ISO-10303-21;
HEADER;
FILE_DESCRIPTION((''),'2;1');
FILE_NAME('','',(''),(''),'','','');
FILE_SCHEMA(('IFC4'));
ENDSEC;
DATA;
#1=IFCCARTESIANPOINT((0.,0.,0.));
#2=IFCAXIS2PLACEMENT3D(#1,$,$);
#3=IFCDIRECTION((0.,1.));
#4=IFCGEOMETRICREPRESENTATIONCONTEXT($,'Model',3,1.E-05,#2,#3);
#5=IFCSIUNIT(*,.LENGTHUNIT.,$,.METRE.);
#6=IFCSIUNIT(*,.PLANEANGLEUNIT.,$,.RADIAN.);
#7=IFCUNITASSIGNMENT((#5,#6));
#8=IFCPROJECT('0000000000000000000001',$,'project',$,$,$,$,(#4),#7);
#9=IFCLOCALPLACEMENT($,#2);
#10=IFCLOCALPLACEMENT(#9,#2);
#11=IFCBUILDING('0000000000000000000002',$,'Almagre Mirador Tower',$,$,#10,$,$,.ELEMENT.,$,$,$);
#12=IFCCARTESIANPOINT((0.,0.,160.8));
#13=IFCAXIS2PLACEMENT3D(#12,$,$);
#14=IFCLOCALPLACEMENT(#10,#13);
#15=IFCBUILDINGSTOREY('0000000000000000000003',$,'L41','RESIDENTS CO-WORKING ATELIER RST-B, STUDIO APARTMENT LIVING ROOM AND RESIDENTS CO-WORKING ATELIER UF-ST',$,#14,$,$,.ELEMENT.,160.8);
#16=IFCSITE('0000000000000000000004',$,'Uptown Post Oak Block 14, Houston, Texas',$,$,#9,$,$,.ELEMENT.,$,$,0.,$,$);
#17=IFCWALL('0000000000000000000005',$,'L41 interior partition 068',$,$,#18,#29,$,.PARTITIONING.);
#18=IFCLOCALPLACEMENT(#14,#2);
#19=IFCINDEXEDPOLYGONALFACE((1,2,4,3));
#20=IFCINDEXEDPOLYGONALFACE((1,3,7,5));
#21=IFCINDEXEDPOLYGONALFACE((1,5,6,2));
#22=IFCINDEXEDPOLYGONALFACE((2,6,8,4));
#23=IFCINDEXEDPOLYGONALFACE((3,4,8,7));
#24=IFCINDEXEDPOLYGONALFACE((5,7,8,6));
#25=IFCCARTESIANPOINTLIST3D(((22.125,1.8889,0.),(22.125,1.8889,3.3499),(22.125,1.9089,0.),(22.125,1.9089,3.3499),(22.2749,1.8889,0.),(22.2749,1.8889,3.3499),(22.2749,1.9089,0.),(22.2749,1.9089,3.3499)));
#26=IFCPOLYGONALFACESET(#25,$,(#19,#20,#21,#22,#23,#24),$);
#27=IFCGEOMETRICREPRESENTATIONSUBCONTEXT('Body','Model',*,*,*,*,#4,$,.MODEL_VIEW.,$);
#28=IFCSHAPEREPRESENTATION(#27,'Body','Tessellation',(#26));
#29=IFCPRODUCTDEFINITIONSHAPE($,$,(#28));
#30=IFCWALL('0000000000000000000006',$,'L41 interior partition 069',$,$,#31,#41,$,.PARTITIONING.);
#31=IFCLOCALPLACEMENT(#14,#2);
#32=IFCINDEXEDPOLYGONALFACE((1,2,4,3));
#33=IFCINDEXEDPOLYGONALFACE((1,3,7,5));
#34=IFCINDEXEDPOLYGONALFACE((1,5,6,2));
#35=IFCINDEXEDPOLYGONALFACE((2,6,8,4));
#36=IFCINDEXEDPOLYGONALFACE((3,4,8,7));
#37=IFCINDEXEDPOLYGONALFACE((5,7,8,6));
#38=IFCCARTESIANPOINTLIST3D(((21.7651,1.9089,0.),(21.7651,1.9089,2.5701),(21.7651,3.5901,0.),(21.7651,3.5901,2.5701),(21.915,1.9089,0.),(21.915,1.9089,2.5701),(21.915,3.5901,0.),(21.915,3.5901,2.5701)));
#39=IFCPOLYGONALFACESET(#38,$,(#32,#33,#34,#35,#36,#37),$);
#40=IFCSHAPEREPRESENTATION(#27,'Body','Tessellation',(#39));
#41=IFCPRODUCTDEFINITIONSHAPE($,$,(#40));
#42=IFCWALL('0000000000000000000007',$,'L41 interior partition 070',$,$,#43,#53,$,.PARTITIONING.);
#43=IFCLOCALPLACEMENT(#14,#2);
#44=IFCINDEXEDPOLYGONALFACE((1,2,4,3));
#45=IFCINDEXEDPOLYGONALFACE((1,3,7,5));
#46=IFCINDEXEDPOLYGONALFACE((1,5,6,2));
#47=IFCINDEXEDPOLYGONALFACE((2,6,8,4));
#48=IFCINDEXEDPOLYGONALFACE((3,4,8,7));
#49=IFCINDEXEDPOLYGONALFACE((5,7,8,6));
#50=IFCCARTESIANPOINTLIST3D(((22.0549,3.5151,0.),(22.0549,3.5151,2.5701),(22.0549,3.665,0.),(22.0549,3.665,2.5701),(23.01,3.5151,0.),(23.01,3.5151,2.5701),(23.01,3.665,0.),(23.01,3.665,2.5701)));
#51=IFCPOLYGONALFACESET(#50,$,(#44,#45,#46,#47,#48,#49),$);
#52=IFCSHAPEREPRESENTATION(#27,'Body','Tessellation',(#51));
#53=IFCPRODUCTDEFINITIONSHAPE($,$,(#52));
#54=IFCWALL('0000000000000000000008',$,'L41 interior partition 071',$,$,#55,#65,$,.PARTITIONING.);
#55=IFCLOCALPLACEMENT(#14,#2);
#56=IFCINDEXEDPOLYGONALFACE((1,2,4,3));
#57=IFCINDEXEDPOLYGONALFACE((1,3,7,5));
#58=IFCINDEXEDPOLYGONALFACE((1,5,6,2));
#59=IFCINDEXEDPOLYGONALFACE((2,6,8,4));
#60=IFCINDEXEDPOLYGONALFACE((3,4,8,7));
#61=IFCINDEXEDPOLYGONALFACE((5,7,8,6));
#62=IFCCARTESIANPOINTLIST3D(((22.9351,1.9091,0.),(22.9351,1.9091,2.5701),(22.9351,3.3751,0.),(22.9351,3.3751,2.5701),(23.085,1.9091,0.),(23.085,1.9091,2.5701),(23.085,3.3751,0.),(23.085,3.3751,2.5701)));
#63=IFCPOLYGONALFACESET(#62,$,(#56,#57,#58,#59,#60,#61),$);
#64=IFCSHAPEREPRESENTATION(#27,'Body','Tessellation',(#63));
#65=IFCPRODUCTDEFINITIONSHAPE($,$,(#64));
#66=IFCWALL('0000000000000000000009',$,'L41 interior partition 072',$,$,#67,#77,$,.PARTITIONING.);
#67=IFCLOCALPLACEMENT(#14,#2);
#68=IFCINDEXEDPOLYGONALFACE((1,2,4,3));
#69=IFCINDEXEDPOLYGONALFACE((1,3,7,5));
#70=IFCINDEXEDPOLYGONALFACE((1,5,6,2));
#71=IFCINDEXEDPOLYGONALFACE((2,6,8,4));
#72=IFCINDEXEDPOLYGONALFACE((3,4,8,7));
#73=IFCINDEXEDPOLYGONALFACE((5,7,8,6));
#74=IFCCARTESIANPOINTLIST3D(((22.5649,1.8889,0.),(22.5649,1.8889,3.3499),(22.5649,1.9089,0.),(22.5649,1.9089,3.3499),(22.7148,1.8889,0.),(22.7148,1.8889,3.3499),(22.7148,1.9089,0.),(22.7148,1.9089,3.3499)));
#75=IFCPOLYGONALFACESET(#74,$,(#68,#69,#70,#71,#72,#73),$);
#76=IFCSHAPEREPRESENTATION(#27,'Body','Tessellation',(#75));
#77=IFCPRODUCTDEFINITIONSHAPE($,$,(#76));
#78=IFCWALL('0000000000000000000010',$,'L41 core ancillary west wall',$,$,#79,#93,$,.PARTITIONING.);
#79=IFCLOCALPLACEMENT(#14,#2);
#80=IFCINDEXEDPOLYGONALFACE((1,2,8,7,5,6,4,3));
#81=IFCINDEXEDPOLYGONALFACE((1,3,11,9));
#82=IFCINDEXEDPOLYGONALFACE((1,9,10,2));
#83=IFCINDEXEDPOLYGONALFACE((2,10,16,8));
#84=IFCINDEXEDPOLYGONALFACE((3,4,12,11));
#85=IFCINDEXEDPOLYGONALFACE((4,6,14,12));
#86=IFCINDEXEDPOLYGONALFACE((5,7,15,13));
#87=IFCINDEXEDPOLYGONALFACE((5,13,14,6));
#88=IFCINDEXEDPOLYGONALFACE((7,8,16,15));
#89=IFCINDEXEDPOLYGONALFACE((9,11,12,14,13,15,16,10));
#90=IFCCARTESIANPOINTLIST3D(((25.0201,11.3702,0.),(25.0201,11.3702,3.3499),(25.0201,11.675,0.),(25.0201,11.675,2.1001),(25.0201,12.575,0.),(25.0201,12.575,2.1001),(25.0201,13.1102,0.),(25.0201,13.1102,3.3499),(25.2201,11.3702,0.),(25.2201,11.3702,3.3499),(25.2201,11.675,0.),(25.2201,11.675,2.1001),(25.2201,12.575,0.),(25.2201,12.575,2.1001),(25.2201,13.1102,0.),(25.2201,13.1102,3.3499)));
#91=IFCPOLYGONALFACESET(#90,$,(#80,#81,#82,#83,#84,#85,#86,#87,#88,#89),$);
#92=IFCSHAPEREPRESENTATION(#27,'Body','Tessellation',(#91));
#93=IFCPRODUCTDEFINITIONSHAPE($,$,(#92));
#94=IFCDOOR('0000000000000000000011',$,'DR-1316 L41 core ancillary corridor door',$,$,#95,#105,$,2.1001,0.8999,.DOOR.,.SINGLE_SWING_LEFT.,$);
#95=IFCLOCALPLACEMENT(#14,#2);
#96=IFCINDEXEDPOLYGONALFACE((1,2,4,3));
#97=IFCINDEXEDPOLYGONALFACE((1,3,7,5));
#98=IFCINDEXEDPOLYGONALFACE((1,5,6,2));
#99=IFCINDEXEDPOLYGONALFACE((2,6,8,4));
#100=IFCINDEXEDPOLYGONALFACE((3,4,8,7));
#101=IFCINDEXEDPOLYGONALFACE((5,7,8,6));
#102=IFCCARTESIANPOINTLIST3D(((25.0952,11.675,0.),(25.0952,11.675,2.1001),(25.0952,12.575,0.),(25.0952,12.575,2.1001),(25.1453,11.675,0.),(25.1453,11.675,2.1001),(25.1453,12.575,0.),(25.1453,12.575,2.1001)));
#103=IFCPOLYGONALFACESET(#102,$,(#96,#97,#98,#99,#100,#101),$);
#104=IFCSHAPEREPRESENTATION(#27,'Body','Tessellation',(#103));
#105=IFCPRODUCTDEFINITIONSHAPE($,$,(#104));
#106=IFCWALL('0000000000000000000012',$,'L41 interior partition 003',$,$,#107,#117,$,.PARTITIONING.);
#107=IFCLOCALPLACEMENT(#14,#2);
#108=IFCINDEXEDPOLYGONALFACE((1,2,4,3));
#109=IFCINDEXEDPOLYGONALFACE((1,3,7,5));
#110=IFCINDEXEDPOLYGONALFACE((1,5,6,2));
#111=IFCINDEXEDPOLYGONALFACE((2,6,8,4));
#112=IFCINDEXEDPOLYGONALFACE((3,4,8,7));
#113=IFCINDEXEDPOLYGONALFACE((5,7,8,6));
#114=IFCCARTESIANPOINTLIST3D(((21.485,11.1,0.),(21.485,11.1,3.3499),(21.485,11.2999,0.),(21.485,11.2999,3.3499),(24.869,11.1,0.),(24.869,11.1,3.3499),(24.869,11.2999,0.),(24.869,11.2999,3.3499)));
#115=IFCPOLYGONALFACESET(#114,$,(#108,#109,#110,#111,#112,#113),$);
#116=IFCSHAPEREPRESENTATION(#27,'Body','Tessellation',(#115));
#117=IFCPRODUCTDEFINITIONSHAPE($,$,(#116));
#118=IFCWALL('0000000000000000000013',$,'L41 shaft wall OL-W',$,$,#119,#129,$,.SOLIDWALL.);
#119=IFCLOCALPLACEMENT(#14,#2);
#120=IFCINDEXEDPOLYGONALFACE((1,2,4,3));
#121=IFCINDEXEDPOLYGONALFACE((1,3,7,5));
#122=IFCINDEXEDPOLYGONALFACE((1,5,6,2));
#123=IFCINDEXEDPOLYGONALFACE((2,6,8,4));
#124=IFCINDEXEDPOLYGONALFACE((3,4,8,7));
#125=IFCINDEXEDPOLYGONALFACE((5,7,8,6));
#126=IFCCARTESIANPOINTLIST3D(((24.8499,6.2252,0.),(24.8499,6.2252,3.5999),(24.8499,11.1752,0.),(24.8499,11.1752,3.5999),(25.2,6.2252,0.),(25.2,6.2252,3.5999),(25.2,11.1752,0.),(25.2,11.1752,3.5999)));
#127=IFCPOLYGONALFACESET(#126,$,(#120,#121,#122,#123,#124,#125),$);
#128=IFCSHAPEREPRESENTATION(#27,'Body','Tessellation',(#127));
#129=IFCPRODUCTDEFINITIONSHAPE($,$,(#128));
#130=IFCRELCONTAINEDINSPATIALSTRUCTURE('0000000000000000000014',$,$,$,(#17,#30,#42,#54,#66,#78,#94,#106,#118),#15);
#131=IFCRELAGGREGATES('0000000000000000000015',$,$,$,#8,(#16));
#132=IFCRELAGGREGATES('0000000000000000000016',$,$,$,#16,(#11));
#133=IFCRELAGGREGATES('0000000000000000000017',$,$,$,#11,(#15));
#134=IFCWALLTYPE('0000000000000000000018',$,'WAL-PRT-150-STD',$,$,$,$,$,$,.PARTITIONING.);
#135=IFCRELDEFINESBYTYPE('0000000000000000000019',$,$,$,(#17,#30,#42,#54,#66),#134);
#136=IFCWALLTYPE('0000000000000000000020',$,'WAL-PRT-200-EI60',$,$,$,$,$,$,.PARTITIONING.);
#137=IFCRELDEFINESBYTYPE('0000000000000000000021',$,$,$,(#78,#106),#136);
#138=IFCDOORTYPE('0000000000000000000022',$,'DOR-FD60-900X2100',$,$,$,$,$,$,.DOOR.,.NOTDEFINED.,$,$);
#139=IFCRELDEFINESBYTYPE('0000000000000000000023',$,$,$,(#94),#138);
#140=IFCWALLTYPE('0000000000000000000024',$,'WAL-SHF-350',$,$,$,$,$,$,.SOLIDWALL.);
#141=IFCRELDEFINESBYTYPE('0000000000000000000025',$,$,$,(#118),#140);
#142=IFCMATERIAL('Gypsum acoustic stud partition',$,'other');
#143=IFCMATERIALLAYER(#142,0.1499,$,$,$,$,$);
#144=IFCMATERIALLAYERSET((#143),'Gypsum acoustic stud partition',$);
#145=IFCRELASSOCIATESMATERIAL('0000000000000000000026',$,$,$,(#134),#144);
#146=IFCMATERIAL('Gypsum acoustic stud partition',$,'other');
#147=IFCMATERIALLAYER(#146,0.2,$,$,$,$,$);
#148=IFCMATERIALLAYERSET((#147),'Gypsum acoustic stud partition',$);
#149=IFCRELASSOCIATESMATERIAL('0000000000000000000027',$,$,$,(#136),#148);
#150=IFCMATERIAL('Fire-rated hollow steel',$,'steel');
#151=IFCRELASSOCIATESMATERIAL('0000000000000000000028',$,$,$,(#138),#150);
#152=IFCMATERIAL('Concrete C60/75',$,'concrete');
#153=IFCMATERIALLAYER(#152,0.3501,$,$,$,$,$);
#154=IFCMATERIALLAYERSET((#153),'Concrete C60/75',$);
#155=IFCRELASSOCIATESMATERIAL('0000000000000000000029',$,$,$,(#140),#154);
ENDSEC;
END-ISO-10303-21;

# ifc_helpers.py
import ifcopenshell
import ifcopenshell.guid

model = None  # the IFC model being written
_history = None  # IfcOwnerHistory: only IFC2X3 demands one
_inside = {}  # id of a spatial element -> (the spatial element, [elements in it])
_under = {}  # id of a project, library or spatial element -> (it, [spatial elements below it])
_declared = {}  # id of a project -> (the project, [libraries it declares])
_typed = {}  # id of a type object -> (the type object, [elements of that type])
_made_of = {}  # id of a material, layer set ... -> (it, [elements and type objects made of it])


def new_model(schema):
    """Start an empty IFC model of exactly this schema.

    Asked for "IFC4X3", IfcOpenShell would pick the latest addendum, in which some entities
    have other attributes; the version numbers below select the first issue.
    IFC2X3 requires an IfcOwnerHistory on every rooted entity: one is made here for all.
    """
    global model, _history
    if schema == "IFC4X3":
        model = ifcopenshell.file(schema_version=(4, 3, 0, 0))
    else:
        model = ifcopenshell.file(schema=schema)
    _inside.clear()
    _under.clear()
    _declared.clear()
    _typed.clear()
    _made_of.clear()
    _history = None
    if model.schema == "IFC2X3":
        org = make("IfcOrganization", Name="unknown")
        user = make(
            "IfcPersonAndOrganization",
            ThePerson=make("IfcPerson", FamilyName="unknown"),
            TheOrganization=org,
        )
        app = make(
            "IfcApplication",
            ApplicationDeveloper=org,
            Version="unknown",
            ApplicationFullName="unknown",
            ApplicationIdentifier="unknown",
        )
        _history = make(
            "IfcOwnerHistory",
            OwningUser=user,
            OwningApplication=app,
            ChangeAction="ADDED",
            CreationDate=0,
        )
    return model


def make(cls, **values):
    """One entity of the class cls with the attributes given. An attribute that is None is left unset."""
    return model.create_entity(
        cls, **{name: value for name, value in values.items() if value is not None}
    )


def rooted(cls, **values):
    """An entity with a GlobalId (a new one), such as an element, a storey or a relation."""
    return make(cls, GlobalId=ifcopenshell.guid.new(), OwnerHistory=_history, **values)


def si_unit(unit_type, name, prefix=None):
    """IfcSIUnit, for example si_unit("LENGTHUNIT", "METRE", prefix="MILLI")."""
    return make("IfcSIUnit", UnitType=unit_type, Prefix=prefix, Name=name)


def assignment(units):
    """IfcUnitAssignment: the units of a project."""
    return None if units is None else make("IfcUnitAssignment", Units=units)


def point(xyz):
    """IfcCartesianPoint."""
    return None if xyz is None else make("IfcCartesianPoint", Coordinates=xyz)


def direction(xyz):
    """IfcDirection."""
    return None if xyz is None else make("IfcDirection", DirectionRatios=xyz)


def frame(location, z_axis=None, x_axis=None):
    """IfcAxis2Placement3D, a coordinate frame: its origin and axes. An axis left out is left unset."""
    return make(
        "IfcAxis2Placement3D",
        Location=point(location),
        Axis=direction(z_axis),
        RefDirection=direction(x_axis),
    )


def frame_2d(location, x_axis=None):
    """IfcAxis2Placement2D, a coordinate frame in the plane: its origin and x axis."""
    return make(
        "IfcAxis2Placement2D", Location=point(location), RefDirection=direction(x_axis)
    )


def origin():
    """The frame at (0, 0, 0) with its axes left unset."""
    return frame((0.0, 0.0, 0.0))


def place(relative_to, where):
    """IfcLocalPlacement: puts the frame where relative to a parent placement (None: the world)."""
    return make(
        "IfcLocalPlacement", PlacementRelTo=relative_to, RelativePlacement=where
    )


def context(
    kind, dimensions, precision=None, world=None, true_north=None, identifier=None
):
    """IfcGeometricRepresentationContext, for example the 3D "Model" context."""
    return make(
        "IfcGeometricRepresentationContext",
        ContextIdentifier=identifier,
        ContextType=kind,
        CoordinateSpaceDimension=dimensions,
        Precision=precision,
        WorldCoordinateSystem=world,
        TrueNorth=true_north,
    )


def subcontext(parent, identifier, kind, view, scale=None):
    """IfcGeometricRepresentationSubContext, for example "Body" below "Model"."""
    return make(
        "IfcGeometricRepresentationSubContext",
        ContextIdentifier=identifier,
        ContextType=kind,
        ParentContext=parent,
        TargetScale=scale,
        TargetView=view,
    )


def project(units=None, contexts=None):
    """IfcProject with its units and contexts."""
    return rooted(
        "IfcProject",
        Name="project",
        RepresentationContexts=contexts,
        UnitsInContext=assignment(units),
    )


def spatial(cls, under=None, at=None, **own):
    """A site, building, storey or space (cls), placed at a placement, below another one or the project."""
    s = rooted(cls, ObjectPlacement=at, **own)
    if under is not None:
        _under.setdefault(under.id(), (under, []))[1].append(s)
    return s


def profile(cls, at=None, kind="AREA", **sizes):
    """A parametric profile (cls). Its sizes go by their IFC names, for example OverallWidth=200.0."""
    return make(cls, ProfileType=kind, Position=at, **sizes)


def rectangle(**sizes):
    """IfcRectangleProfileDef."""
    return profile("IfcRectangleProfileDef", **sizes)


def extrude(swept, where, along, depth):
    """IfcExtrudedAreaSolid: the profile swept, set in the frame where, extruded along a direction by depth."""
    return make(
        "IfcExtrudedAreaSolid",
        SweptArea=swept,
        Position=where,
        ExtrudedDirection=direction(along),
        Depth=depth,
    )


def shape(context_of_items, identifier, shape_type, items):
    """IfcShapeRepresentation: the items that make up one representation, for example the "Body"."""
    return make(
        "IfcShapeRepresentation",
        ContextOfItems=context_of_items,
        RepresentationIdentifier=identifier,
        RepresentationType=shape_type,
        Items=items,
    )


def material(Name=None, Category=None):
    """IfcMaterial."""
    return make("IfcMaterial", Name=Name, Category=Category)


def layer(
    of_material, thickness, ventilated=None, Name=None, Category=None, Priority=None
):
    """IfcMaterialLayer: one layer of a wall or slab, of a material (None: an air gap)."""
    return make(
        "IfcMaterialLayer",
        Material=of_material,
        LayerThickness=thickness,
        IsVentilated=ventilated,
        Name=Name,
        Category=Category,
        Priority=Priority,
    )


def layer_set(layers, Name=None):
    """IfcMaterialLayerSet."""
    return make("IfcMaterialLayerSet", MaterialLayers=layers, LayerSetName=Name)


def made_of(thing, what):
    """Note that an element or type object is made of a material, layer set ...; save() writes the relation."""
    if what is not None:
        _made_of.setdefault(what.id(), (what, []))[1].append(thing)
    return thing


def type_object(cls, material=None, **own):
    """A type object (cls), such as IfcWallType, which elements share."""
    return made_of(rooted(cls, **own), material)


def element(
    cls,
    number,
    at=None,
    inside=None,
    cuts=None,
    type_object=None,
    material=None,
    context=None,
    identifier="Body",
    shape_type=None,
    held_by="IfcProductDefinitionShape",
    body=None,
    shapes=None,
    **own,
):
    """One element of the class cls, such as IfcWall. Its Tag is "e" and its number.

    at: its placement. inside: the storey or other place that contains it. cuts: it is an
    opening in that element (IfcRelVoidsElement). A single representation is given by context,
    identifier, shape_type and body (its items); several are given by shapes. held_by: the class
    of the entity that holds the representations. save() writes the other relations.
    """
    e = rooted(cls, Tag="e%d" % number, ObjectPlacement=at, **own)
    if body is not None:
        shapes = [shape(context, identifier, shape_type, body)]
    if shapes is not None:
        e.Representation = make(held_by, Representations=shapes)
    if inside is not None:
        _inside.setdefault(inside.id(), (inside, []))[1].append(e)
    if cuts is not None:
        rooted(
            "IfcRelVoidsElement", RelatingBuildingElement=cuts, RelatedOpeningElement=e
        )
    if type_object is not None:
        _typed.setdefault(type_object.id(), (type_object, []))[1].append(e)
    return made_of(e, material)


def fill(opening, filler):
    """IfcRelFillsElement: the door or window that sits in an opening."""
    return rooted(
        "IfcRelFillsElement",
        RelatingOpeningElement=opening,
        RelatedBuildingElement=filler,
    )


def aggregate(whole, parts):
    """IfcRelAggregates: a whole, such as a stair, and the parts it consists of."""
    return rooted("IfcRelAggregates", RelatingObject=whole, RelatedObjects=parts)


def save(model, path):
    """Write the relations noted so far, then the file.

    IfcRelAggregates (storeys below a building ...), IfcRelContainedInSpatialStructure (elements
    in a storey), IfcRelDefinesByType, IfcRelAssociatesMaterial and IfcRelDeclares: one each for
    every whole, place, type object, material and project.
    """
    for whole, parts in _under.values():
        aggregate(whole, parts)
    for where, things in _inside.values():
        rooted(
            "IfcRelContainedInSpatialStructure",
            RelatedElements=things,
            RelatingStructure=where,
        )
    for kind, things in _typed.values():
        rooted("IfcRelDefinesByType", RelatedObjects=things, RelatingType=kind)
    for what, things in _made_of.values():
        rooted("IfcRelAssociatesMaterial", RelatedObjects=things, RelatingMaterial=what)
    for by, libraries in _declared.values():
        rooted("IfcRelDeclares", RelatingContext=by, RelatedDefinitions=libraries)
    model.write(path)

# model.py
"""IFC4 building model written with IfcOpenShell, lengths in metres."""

from ifc_helpers import new_model, si_unit, direction, frame, frame_2d, origin, place, context, subcontext, project, spatial, rectangle, extrude, material, layer, layer_set, type_object, element, fill, save


model = new_model("IFC4")

# Units and contexts
model_context = context("Model", 3, precision=1e-05, world=origin(), true_north=direction((0.0, 1.0)))
body_context = subcontext(model_context, "Body", "Model", "MODEL_VIEW")
ifc_project = project(units=[si_unit("LENGTHUNIT", "METRE"), si_unit("PLANEANGLEUNIT", "RADIAN")], contexts=[model_context])

# Site, building, storey
site_placement = place(None, origin())
site = spatial("IfcSite", under=ifc_project, at=site_placement, Name="Uptown Post Oak Block 14, Houston, Texas", CompositionType="ELEMENT", RefElevation=0.0)
building_placement = place(site_placement, origin())
building = spatial("IfcBuilding", under=site, at=building_placement, Name="Almagre Mirador Tower", CompositionType="ELEMENT")
storey_placement = place(building_placement, frame((0.0, 0.0, 160.8)))
storey = spatial("IfcBuildingStorey", under=building, at=storey_placement, Name="L41", Description="RESIDENTS CO-WORKING ATELIER RST-B, STUDIO APARTMENT LIVING ROOM AND RESIDENTS CO-WORKING ATELIER UF-ST", CompositionType="ELEMENT", Elevation=160.8)

# Walls
ifc_material_1 = material(Name="Gypsum acoustic stud partition", Category="other")
ifc_layer_1 = layer(ifc_material_1, 0.1499)
ifc_layer_set_1 = layer_set([ifc_layer_1], Name="Gypsum acoustic stud partition")
wall_type_1 = type_object("IfcWallType", Name="WAL-PRT-150-STD", PredefinedType="PARTITIONING", material=ifc_layer_set_1)
wall_1_placement = place(storey_placement, frame((22.2, 1.8889, 0.0), z_axis=(0.0, 0.0, 1.0), x_axis=(0.0, 1.0, 0.0)))
element("IfcWall", 1, at=wall_1_placement, inside=storey, type_object=wall_type_1, Name="L41 interior partition 068", PredefinedType="PARTITIONING", context=body_context, shape_type="SweptSolid", body=[
    extrude(rectangle(XDim=0.02, YDim=0.1499, at=frame_2d((0.01, 0.0))), origin(), (0.0, 0.0, 1.0), 3.3499),
])
wall_2_placement = place(storey_placement, frame((21.8401, 1.9089, 0.0), z_axis=(0.0, 0.0, 1.0), x_axis=(0.0, 1.0, 0.0)))
element("IfcWall", 2, at=wall_2_placement, inside=storey, type_object=wall_type_1, Name="L41 interior partition 069", PredefinedType="PARTITIONING", context=body_context, shape_type="SweptSolid", body=[
    extrude(rectangle(XDim=1.6812, YDim=0.1499, at=frame_2d((0.8406, 0.0))), origin(), (0.0, 0.0, 1.0), 2.5701),
])
wall_3_placement = place(storey_placement, frame((22.0549, 3.5901, 0.0), z_axis=(0.0, 0.0, 1.0), x_axis=(1.0, 0.0, 0.0)))
element("IfcWall", 3, at=wall_3_placement, inside=storey, type_object=wall_type_1, Name="L41 interior partition 070", PredefinedType="PARTITIONING", context=body_context, shape_type="SweptSolid", body=[
    extrude(rectangle(XDim=0.9551, YDim=0.1499, at=frame_2d((0.4775, 0.0))), origin(), (0.0, 0.0, 1.0), 2.5701),
])
wall_4_placement = place(storey_placement, frame((23.01, 3.375, 0.0), z_axis=(0.0, 0.0, 1.0), x_axis=(0.0, -1.0, 0.0)))
element("IfcWall", 4, at=wall_4_placement, inside=storey, type_object=wall_type_1, Name="L41 interior partition 071", PredefinedType="PARTITIONING", context=body_context, shape_type="SweptSolid", body=[
    extrude(rectangle(XDim=1.4661, YDim=0.1499, at=frame_2d((0.7329, 0.0))), origin(), (0.0, 0.0, 1.0), 2.5701),
])
wall_5_placement = place(storey_placement, frame((22.6399, 1.9089, 0.0), z_axis=(0.0, 0.0, 1.0), x_axis=(0.0, -1.0, 0.0)))
element("IfcWall", 5, at=wall_5_placement, inside=storey, type_object=wall_type_1, Name="L41 interior partition 072", PredefinedType="PARTITIONING", context=body_context, shape_type="SweptSolid", body=[
    extrude(rectangle(XDim=0.02, YDim=0.1499, at=frame_2d((0.01, 0.0))), origin(), (0.0, 0.0, 1.0), 3.3499),
])

# Wall, opening, door
ifc_material_2 = material(Name="Gypsum acoustic stud partition", Category="other")
ifc_layer_2 = layer(ifc_material_2, 0.2)
ifc_layer_set_2 = layer_set([ifc_layer_2], Name="Gypsum acoustic stud partition")
wall_type_2 = type_object("IfcWallType", Name="WAL-PRT-200-EI60", PredefinedType="PARTITIONING", material=ifc_layer_set_2)
wall_6_placement = place(storey_placement, frame((25.1201, 11.3701, 0.0), z_axis=(0.0, 0.0, 1.0), x_axis=(0.0, 1.0, 0.0)))
wall_6 = element("IfcWall", 6, at=wall_6_placement, inside=storey, type_object=wall_type_2, Name="L41 core ancillary west wall", PredefinedType="PARTITIONING", context=body_context, shape_type="SweptSolid", body=[
    extrude(rectangle(XDim=1.74, YDim=0.2, at=frame_2d((0.8701, 0.0))), origin(), (0.0, 0.0, 1.0), 3.3499),
])
opening_1_placement = place(wall_6_placement, frame((0.3049, 0.0, 0.0)))
opening_1 = element("IfcOpeningElement", 7, at=opening_1_placement, cuts=wall_6, PredefinedType="OPENING", context=body_context, shape_type="SweptSolid", body=[
    extrude(rectangle(XDim=0.8999, YDim=2.1001, at=frame_2d((0.45, 1.05))), frame((0.0, 0.1101, 0.0), z_axis=(0.0, -1.0, 0.0), x_axis=(1.0, 0.0, 0.0)), (0.0, 0.0, 1.0), 0.22),
])
ifc_material_3 = material(Name="Fire-rated hollow steel", Category="steel")
door_type_1 = type_object("IfcDoorType", Name="DOR-FD60-900X2100", OperationType="NOTDEFINED", PredefinedType="DOOR", material=ifc_material_3)
door_1_placement = place(opening_1_placement, origin())
door_1 = element("IfcDoor", 8, at=door_1_placement, inside=storey, type_object=door_type_1, Name="DR-1316 L41 core ancillary corridor door", OperationType="SINGLE_SWING_LEFT", OverallHeight=2.1001, OverallWidth=0.8999, PredefinedType="DOOR", context=body_context, shape_type="SweptSolid", body=[
    extrude(rectangle(XDim=0.8999, YDim=2.1001, at=frame_2d((0.45, 1.05))), frame((0.0, 0.0249, 0.0), z_axis=(0.0, -1.0, 0.0), x_axis=(1.0, 0.0, 0.0)), (0.0, 0.0, 1.0), 0.05),
])
fill(opening_1, door_1)

# Walls
wall_7_placement = place(storey_placement, frame((21.4851, 11.2, 0.0), z_axis=(0.0, 0.0, 1.0), x_axis=(1.0, 0.0, 0.0)))
element("IfcWall", 9, at=wall_7_placement, inside=storey, type_object=wall_type_2, Name="L41 interior partition 003", PredefinedType="PARTITIONING", context=body_context, shape_type="SweptSolid", body=[
    extrude(rectangle(XDim=3.384, YDim=0.2, at=frame_2d((1.6919, 0.0))), origin(), (0.0, 0.0, 1.0), 3.3499),
])
ifc_material_4 = material(Name="Concrete C60/75", Category="concrete")
ifc_layer_3 = layer(ifc_material_4, 0.3501)
ifc_layer_set_3 = layer_set([ifc_layer_3], Name="Concrete C60/75")
wall_type_3 = type_object("IfcWallType", Name="WAL-SHF-350", PredefinedType="SOLIDWALL", material=ifc_layer_set_3)
wall_8_placement = place(storey_placement, frame((25.0249, 6.2251, 0.0), z_axis=(0.0, 0.0, 1.0), x_axis=(0.0, 1.0, 0.0)))
element("IfcWall", 10, at=wall_8_placement, inside=storey, type_object=wall_type_3, Name="L41 shaft wall OL-W", PredefinedType="SOLIDWALL", context=body_context, shape_type="SweptSolid", body=[
    extrude(rectangle(XDim=4.95, YDim=0.3501, at=frame_2d((2.4751, 0.0))), origin(), (0.0, 0.0, 1.0), 3.5999),
])

save(model, "model.ifc")
